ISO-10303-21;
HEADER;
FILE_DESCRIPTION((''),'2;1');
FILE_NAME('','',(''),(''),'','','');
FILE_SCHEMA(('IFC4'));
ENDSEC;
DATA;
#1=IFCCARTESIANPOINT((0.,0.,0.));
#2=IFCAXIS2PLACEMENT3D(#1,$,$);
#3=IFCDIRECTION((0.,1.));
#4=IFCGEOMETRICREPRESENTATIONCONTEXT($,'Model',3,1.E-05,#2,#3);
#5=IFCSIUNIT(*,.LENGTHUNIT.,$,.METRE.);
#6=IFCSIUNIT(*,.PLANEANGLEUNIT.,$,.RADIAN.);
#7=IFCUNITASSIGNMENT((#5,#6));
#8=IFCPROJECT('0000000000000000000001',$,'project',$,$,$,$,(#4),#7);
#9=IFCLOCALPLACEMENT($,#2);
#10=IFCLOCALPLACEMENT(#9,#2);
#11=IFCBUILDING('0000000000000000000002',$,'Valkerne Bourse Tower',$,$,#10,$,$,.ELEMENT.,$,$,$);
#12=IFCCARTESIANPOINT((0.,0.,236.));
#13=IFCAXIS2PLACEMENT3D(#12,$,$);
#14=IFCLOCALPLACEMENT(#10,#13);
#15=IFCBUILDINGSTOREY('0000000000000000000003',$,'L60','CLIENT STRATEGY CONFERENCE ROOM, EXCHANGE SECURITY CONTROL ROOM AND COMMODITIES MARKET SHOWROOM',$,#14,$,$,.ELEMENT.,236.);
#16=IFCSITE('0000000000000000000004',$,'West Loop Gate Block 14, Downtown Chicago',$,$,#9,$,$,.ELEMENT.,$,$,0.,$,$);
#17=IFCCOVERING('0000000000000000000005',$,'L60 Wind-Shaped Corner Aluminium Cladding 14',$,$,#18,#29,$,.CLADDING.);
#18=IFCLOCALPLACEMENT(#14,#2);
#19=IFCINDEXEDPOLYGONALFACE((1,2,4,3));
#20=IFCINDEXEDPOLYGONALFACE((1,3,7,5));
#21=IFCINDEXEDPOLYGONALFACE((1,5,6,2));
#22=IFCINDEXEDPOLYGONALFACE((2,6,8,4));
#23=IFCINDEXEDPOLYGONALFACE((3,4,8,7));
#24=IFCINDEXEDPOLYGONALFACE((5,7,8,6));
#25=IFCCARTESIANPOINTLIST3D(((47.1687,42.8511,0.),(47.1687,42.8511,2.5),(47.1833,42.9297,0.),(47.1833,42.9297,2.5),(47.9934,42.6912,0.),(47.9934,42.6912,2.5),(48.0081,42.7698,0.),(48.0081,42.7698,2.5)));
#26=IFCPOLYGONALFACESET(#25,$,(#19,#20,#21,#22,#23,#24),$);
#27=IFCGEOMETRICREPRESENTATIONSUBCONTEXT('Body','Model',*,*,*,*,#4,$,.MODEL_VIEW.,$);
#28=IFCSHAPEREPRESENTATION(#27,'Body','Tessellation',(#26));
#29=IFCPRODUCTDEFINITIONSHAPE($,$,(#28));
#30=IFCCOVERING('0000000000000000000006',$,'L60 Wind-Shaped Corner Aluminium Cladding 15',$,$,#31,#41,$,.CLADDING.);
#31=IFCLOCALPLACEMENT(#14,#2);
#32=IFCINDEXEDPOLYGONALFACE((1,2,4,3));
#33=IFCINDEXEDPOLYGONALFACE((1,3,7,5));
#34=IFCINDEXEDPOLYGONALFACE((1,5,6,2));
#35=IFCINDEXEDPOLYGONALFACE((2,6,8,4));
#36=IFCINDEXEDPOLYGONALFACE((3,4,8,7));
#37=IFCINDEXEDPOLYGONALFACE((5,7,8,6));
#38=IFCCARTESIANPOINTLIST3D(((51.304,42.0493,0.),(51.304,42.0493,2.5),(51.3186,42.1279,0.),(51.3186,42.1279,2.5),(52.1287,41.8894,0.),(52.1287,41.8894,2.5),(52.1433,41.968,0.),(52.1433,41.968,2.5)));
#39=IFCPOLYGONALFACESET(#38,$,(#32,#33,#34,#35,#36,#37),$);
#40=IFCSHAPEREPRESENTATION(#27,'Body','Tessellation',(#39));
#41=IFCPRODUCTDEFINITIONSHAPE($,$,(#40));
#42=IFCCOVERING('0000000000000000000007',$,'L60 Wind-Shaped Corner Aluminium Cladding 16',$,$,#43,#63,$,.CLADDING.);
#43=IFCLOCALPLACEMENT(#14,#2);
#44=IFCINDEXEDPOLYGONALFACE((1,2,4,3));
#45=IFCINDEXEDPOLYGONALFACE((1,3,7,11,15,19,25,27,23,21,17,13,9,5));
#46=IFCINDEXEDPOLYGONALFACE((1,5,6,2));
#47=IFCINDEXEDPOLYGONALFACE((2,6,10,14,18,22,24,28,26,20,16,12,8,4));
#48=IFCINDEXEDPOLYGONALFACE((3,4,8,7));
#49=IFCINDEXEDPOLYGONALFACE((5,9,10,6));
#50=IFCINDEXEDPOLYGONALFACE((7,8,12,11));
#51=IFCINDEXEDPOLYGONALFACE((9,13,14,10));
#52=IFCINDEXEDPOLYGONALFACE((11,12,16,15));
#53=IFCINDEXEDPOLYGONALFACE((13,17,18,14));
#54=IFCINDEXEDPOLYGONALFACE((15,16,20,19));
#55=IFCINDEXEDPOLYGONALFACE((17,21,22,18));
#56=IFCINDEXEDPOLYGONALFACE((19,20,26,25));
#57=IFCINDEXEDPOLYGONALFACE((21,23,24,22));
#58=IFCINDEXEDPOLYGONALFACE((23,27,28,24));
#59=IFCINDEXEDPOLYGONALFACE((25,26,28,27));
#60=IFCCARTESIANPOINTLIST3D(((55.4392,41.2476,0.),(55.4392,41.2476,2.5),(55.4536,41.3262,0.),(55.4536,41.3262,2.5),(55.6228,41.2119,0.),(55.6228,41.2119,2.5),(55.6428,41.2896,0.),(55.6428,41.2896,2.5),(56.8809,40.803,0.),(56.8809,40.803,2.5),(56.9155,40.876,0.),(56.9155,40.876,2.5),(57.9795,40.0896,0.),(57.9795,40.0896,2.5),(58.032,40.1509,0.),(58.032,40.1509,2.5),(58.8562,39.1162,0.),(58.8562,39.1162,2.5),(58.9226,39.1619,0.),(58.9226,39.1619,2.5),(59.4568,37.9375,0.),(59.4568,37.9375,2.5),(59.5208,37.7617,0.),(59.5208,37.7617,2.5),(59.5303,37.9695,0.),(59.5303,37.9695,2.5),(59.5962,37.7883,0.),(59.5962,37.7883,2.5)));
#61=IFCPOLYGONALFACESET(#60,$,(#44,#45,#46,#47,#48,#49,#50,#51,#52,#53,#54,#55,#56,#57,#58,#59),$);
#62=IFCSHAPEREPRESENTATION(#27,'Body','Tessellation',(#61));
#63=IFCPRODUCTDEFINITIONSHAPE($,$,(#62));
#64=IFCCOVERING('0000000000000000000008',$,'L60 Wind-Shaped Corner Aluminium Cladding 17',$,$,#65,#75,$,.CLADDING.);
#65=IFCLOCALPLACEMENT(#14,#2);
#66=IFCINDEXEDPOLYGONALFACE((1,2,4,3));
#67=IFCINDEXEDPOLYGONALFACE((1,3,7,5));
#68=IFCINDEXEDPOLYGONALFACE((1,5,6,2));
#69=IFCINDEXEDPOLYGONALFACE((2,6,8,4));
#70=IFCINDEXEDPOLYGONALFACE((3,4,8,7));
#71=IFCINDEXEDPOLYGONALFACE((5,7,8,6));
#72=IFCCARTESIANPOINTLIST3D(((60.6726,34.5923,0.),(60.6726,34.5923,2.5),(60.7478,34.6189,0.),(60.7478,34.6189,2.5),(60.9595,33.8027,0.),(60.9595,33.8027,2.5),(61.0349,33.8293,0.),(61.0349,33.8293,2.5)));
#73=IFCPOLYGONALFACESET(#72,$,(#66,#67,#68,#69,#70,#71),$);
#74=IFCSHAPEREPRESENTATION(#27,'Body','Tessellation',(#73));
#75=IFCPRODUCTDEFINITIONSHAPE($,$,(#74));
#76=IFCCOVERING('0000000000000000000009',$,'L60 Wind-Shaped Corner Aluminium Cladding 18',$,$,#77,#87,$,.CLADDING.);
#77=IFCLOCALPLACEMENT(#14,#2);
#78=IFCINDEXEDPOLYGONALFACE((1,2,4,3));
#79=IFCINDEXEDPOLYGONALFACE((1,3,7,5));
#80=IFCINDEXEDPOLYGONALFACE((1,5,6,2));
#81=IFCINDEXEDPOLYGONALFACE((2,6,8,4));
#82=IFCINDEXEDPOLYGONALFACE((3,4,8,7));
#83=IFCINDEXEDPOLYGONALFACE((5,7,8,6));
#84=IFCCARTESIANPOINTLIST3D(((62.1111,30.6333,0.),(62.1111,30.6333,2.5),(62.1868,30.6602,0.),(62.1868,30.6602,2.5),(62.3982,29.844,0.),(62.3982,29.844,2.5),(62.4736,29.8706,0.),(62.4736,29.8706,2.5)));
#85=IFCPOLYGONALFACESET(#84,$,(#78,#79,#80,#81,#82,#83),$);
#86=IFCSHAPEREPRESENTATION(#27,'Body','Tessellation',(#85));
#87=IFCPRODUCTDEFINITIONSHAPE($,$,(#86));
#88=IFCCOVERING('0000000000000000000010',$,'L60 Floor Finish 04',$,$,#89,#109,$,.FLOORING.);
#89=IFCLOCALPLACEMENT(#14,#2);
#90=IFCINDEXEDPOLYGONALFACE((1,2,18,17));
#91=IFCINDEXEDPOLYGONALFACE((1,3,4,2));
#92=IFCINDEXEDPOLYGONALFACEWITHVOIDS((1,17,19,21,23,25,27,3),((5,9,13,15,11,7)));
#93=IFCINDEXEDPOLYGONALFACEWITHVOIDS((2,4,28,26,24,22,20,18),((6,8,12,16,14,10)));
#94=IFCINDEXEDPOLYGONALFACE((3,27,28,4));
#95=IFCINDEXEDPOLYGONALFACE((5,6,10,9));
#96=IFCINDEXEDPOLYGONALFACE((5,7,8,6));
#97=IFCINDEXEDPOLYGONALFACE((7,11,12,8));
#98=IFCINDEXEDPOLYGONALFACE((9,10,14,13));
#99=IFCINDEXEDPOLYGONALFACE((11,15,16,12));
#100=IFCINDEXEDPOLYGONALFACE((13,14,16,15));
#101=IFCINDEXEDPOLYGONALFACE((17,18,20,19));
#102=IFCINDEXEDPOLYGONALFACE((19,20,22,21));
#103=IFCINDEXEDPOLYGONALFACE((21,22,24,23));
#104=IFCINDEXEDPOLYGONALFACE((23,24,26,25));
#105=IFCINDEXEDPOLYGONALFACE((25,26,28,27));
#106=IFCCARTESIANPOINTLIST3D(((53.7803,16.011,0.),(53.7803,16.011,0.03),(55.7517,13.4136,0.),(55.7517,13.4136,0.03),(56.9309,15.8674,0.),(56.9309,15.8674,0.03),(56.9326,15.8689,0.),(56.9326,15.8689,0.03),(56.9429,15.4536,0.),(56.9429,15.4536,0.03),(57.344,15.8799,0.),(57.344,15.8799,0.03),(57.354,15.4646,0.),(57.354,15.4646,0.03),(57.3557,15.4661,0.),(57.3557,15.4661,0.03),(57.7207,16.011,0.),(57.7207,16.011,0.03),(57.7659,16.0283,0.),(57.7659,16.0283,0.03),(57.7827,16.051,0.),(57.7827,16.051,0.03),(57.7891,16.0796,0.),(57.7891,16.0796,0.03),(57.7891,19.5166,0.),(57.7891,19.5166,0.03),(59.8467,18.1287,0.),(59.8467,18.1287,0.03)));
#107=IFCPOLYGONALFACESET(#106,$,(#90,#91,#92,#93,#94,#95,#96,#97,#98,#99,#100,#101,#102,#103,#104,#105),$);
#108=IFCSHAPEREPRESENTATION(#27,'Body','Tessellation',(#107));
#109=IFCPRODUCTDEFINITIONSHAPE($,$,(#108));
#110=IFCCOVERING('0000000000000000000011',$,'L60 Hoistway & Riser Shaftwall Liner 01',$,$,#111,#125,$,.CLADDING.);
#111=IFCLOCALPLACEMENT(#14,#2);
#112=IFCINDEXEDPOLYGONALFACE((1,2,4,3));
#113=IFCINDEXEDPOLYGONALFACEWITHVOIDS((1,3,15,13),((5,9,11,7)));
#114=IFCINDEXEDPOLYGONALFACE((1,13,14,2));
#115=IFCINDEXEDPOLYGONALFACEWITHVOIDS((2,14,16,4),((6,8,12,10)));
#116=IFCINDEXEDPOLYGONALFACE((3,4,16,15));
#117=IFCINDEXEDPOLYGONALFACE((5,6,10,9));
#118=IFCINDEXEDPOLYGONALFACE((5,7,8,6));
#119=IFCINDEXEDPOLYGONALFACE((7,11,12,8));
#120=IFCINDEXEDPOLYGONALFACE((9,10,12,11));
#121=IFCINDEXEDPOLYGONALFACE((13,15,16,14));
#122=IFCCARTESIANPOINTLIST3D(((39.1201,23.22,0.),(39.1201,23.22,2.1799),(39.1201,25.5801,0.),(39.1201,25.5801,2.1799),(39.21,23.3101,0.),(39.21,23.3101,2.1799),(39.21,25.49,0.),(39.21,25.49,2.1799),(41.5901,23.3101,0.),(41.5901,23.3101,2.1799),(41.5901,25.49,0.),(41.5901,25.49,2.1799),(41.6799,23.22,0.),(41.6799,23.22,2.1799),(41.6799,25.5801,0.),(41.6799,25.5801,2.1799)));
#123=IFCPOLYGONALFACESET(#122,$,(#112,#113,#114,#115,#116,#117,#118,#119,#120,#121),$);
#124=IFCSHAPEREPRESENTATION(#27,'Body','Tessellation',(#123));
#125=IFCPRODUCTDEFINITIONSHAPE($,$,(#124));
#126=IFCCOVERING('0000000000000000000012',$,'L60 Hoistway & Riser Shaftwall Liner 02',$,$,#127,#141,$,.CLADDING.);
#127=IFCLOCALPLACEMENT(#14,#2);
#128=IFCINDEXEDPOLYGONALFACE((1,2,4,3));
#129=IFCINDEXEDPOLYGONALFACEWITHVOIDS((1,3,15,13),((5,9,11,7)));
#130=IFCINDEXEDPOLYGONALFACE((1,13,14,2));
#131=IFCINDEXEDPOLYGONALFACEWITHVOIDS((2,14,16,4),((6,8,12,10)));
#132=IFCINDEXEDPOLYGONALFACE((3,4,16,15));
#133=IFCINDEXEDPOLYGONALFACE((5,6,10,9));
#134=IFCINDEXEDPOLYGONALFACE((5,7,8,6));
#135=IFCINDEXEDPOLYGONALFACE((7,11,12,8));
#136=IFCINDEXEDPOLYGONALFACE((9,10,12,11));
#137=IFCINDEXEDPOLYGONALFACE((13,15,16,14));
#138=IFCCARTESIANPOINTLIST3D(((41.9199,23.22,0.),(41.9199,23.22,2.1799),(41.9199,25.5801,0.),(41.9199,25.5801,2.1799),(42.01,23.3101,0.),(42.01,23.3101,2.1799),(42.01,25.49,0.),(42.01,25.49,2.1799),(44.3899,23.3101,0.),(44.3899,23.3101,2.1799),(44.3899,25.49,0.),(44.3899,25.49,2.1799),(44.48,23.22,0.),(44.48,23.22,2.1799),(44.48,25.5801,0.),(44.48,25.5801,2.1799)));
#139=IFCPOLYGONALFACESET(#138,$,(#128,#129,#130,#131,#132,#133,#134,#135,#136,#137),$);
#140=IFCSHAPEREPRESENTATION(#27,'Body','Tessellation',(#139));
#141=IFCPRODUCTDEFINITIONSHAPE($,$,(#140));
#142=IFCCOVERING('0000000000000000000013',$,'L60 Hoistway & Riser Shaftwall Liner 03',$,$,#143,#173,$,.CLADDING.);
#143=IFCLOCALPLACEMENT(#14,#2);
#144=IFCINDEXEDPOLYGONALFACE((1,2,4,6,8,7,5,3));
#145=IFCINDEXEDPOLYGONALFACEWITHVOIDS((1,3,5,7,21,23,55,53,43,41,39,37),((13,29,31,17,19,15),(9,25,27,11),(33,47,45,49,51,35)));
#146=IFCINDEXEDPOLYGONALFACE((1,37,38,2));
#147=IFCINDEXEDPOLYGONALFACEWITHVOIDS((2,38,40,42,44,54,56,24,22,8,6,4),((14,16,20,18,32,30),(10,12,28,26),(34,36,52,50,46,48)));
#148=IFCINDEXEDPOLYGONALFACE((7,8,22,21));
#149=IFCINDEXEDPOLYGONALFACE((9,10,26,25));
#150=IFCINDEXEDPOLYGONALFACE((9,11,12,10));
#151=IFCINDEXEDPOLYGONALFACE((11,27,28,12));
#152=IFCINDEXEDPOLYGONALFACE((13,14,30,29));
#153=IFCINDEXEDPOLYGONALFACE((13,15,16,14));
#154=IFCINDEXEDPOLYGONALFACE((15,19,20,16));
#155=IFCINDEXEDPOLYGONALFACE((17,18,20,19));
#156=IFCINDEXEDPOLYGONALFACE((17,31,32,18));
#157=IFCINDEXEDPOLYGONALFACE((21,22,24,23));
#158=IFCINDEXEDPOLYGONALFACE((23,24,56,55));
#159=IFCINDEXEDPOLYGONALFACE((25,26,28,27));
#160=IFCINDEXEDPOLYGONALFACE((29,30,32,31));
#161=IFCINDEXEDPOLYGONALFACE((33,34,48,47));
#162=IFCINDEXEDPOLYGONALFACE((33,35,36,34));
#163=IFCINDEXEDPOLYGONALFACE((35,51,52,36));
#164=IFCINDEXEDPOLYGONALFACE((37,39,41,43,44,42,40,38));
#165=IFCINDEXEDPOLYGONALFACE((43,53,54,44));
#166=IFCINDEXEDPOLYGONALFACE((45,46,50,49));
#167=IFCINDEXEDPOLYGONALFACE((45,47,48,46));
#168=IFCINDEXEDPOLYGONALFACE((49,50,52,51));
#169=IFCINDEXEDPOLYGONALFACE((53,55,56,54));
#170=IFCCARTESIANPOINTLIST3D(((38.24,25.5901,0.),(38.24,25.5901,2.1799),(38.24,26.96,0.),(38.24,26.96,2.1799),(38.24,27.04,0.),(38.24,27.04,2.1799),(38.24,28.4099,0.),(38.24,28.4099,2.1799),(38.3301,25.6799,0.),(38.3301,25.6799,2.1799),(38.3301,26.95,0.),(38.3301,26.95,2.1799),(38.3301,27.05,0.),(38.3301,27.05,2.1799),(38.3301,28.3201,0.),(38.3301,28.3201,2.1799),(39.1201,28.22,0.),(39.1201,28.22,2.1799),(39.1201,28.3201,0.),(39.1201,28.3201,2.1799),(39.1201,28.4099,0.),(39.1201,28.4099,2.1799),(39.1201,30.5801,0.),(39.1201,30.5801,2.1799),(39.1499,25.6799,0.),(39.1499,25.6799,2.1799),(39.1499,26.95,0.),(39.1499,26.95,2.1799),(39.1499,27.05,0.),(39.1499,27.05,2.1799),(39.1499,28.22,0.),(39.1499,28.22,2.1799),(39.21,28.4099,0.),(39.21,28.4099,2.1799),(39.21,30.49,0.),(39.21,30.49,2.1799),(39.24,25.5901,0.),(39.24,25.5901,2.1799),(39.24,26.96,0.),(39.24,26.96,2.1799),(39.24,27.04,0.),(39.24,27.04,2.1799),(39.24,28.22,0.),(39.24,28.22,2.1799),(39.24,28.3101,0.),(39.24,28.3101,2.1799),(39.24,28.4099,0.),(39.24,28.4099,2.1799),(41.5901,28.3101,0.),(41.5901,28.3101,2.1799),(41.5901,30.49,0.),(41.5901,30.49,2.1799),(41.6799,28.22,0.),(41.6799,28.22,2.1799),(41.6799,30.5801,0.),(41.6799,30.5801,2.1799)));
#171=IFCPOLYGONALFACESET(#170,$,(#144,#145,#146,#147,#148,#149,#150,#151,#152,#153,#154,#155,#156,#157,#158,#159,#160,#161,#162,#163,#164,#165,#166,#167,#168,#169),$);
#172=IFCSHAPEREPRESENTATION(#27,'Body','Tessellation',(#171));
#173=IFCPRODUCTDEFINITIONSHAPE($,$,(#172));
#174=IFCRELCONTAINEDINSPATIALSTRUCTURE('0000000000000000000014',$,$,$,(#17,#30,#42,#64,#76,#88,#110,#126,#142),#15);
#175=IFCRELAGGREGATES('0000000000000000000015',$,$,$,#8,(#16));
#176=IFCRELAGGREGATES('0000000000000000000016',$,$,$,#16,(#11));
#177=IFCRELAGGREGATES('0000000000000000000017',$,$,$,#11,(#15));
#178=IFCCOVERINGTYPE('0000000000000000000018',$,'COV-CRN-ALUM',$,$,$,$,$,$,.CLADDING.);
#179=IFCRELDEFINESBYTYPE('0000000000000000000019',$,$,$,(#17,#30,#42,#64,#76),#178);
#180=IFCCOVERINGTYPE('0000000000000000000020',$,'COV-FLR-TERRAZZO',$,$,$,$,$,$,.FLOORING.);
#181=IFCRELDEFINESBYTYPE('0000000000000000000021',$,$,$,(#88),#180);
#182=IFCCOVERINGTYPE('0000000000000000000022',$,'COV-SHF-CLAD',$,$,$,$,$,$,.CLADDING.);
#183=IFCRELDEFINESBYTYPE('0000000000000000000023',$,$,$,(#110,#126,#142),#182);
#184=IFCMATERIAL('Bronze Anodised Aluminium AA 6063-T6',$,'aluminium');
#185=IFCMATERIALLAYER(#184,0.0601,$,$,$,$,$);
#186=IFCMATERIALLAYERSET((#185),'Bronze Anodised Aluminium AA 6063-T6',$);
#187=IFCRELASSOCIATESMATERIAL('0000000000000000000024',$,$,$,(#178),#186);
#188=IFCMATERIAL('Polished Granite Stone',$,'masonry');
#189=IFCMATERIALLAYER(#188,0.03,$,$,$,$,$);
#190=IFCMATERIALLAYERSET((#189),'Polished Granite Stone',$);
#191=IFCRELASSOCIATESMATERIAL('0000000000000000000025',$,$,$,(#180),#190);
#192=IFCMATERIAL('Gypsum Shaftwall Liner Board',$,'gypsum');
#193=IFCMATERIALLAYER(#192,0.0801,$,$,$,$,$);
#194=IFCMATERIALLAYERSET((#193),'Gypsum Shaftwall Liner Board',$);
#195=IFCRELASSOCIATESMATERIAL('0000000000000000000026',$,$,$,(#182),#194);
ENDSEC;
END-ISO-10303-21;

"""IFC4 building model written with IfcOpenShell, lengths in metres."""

from ifc_helpers import new_model, si_unit, direction, frame, origin, place, context, subcontext, project, spatial, polyline, outline, extrude, material, layer, layer_set, type_object, element, save


model = new_model("IFC4")

# Units and contexts
model_context = context("Model", 3, precision=1e-05, world=origin(), true_north=direction((0.0, 1.0)))
body_context = subcontext(model_context, "Body", "Model", "MODEL_VIEW")
ifc_project = project(units=[si_unit("LENGTHUNIT", "METRE"), si_unit("PLANEANGLEUNIT", "RADIAN")], contexts=[model_context])

# Site, building, storey
site_placement = place(None, origin())
site = spatial("IfcSite", under=ifc_project, at=site_placement, Name="West Loop Gate Block 14, Downtown Chicago", CompositionType="ELEMENT", RefElevation=0.0)
building_placement = place(site_placement, origin())
building = spatial("IfcBuilding", under=site, at=building_placement, Name="Valkerne Bourse Tower", CompositionType="ELEMENT")
storey_placement = place(building_placement, frame((0.0, 0.0, 236.0)))
storey = spatial("IfcBuildingStorey", under=building, at=storey_placement, Name="L60", Description="CLIENT STRATEGY CONFERENCE ROOM, EXCHANGE SECURITY CONTROL ROOM AND COMMODITIES MARKET SHOWROOM", CompositionType="ELEMENT", Elevation=236.0)

# Coverings
ifc_material_1 = material(Name="Bronze Anodised Aluminium AA 6063-T6", Category="aluminium")
ifc_layer_1 = layer(ifc_material_1, 0.0601)
ifc_layer_set_1 = layer_set([ifc_layer_1], Name="Bronze Anodised Aluminium AA 6063-T6")
covering_type_1 = type_object("IfcCoveringType", Name="COV-CRN-ALUM", PredefinedType="CLADDING", material=ifc_layer_set_1)
covering_1_placement = place(storey_placement, origin())
element("IfcCovering", 1, at=covering_1_placement, inside=storey, type_object=covering_type_1, Name="L60 Wind-Shaped Corner Aluminium Cladding 14", PredefinedType="CLADDING", context=body_context, shape_type="SweptSolid", body=[
    extrude(outline(polyline([(48.0081, 42.7698), (47.9934, 42.6912), (47.1687, 42.8511), (47.1833, 42.9297), (48.0081, 42.7698)])), origin(), (0.0, 0.0, 1.0), 2.5),
])
covering_2_placement = place(storey_placement, origin())
element("IfcCovering", 2, at=covering_2_placement, inside=storey, type_object=covering_type_1, Name="L60 Wind-Shaped Corner Aluminium Cladding 15", PredefinedType="CLADDING", context=body_context, shape_type="SweptSolid", body=[
    extrude(outline(polyline([(52.1433, 41.968), (52.1287, 41.8894), (51.304, 42.0493), (51.3186, 42.1279), (52.1433, 41.968)])), origin(), (0.0, 0.0, 1.0), 2.5),
])
covering_3_placement = place(storey_placement, origin())
element("IfcCovering", 3, at=covering_3_placement, inside=storey, type_object=covering_type_1, Name="L60 Wind-Shaped Corner Aluminium Cladding 16", PredefinedType="CLADDING", context=body_context, shape_type="SweptSolid", body=[
    extrude(outline(polyline([(55.6428, 41.2896), (56.9155, 40.876), (58.032, 40.1509), (58.9226, 39.1619), (59.5303, 37.9695), (59.5962, 37.7883), (59.5208, 37.7617), (59.4568, 37.9375), (58.8562, 39.1162), (57.9795, 40.0896), (56.8809, 40.803), (55.6228, 41.2119), (55.4392, 41.2476), (55.4536, 41.3262), (55.6428, 41.2896)])), origin(), (0.0, 0.0, 1.0), 2.5),
])
covering_4_placement = place(storey_placement, origin())
element("IfcCovering", 4, at=covering_4_placement, inside=storey, type_object=covering_type_1, Name="L60 Wind-Shaped Corner Aluminium Cladding 17", PredefinedType="CLADDING", context=body_context, shape_type="SweptSolid", body=[
    extrude(outline(polyline([(61.0349, 33.8293), (60.9595, 33.8027), (60.6726, 34.5923), (60.7478, 34.6189), (61.0349, 33.8293)])), origin(), (0.0, 0.0, 1.0), 2.5),
])
covering_5_placement = place(storey_placement, origin())
element("IfcCovering", 5, at=covering_5_placement, inside=storey, type_object=covering_type_1, Name="L60 Wind-Shaped Corner Aluminium Cladding 18", PredefinedType="CLADDING", context=body_context, shape_type="SweptSolid", body=[
    extrude(outline(polyline([(62.4736, 29.8706), (62.3982, 29.844), (62.1111, 30.6333), (62.1868, 30.6602), (62.4736, 29.8706)])), origin(), (0.0, 0.0, 1.0), 2.5),
])
ifc_material_2 = material(Name="Polished Granite Stone", Category="masonry")
ifc_layer_2 = layer(ifc_material_2, 0.03)
ifc_layer_set_2 = layer_set([ifc_layer_2], Name="Polished Granite Stone")
covering_type_2 = type_object("IfcCoveringType", Name="COV-FLR-TERRAZZO", PredefinedType="FLOORING", material=ifc_layer_set_2)
covering_6_placement = place(storey_placement, origin())
element("IfcCovering", 6, at=covering_6_placement, inside=storey, type_object=covering_type_2, Name="L60 Floor Finish 04", PredefinedType="FLOORING", context=body_context, shape_type="SweptSolid", body=[
    extrude(outline(polyline([(57.7207, 16.011), (57.7659, 16.0283), (57.7827, 16.051), (57.7891, 16.0796), (57.7891, 19.5166), (59.8467, 18.1287), (55.7517, 13.4136), (53.7803, 16.011), (57.7207, 16.011)]), holes=[polyline([(57.3557, 15.4661), (57.344, 15.8799), (56.9326, 15.8689), (56.9309, 15.8674), (56.9429, 15.4536), (57.354, 15.4646), (57.3557, 15.4661)])]), origin(), (0.0, 0.0, 1.0), 0.03),
])
ifc_material_3 = material(Name="Gypsum Shaftwall Liner Board", Category="gypsum")
ifc_layer_3 = layer(ifc_material_3, 0.0801)
ifc_layer_set_3 = layer_set([ifc_layer_3], Name="Gypsum Shaftwall Liner Board")
covering_type_3 = type_object("IfcCoveringType", Name="COV-SHF-CLAD", PredefinedType="CLADDING", material=ifc_layer_set_3)
covering_7_placement = place(storey_placement, origin())
element("IfcCovering", 7, at=covering_7_placement, inside=storey, type_object=covering_type_3, Name="L60 Hoistway & Riser Shaftwall Liner 01", PredefinedType="CLADDING", context=body_context, shape_type="SweptSolid", body=[
    extrude(outline(polyline([(41.6799, 25.5801), (41.6799, 23.22), (39.1201, 23.22), (39.1201, 25.5801), (41.6799, 25.5801)]), holes=[polyline([(41.5901, 25.49), (39.21, 25.49), (39.21, 23.3101), (41.5901, 23.3101), (41.5901, 25.49)])]), origin(), (0.0, 0.0, 1.0), 2.1799),
])
covering_8_placement = place(storey_placement, origin())
element("IfcCovering", 8, at=covering_8_placement, inside=storey, type_object=covering_type_3, Name="L60 Hoistway & Riser Shaftwall Liner 02", PredefinedType="CLADDING", context=body_context, shape_type="SweptSolid", body=[
    extrude(outline(polyline([(44.48, 23.22), (41.9199, 23.22), (41.9199, 25.5801), (44.48, 25.5801), (44.48, 23.22)]), holes=[polyline([(42.01, 25.49), (42.01, 23.3101), (44.3899, 23.3101), (44.3899, 25.49), (42.01, 25.49)])]), origin(), (0.0, 0.0, 1.0), 2.1799),
])
covering_9_placement = place(storey_placement, origin())
element("IfcCovering", 9, at=covering_9_placement, inside=storey, type_object=covering_type_3, Name="L60 Hoistway & Riser Shaftwall Liner 03", PredefinedType="CLADDING", context=body_context, shape_type="SweptSolid", body=[
    extrude(outline(polyline([(38.24, 28.4099), (39.1201, 28.4099), (39.1201, 30.5801), (41.6799, 30.5801), (41.6799, 28.22), (39.24, 28.22), (39.24, 27.04), (39.24, 26.96), (39.24, 25.5901), (38.24, 25.5901), (38.24, 26.96), (38.24, 27.04), (38.24, 28.4099)]), holes=[polyline([(38.3301, 26.95), (38.3301, 25.6799), (39.1499, 25.6799), (39.1499, 26.95), (38.3301, 26.95)]), polyline([(39.21, 30.49), (39.21, 28.4099), (39.24, 28.4099), (39.24, 28.3101), (41.5901, 28.3101), (41.5901, 30.49), (39.21, 30.49)]), polyline([(38.3301, 27.05), (39.1499, 27.05), (39.1499, 28.22), (39.1201, 28.22), (39.1201, 28.3201), (38.3301, 28.3201), (38.3301, 27.05)])]), origin(), (0.0, 0.0, 1.0), 2.1799),
])

save(model, "model.ifc")
